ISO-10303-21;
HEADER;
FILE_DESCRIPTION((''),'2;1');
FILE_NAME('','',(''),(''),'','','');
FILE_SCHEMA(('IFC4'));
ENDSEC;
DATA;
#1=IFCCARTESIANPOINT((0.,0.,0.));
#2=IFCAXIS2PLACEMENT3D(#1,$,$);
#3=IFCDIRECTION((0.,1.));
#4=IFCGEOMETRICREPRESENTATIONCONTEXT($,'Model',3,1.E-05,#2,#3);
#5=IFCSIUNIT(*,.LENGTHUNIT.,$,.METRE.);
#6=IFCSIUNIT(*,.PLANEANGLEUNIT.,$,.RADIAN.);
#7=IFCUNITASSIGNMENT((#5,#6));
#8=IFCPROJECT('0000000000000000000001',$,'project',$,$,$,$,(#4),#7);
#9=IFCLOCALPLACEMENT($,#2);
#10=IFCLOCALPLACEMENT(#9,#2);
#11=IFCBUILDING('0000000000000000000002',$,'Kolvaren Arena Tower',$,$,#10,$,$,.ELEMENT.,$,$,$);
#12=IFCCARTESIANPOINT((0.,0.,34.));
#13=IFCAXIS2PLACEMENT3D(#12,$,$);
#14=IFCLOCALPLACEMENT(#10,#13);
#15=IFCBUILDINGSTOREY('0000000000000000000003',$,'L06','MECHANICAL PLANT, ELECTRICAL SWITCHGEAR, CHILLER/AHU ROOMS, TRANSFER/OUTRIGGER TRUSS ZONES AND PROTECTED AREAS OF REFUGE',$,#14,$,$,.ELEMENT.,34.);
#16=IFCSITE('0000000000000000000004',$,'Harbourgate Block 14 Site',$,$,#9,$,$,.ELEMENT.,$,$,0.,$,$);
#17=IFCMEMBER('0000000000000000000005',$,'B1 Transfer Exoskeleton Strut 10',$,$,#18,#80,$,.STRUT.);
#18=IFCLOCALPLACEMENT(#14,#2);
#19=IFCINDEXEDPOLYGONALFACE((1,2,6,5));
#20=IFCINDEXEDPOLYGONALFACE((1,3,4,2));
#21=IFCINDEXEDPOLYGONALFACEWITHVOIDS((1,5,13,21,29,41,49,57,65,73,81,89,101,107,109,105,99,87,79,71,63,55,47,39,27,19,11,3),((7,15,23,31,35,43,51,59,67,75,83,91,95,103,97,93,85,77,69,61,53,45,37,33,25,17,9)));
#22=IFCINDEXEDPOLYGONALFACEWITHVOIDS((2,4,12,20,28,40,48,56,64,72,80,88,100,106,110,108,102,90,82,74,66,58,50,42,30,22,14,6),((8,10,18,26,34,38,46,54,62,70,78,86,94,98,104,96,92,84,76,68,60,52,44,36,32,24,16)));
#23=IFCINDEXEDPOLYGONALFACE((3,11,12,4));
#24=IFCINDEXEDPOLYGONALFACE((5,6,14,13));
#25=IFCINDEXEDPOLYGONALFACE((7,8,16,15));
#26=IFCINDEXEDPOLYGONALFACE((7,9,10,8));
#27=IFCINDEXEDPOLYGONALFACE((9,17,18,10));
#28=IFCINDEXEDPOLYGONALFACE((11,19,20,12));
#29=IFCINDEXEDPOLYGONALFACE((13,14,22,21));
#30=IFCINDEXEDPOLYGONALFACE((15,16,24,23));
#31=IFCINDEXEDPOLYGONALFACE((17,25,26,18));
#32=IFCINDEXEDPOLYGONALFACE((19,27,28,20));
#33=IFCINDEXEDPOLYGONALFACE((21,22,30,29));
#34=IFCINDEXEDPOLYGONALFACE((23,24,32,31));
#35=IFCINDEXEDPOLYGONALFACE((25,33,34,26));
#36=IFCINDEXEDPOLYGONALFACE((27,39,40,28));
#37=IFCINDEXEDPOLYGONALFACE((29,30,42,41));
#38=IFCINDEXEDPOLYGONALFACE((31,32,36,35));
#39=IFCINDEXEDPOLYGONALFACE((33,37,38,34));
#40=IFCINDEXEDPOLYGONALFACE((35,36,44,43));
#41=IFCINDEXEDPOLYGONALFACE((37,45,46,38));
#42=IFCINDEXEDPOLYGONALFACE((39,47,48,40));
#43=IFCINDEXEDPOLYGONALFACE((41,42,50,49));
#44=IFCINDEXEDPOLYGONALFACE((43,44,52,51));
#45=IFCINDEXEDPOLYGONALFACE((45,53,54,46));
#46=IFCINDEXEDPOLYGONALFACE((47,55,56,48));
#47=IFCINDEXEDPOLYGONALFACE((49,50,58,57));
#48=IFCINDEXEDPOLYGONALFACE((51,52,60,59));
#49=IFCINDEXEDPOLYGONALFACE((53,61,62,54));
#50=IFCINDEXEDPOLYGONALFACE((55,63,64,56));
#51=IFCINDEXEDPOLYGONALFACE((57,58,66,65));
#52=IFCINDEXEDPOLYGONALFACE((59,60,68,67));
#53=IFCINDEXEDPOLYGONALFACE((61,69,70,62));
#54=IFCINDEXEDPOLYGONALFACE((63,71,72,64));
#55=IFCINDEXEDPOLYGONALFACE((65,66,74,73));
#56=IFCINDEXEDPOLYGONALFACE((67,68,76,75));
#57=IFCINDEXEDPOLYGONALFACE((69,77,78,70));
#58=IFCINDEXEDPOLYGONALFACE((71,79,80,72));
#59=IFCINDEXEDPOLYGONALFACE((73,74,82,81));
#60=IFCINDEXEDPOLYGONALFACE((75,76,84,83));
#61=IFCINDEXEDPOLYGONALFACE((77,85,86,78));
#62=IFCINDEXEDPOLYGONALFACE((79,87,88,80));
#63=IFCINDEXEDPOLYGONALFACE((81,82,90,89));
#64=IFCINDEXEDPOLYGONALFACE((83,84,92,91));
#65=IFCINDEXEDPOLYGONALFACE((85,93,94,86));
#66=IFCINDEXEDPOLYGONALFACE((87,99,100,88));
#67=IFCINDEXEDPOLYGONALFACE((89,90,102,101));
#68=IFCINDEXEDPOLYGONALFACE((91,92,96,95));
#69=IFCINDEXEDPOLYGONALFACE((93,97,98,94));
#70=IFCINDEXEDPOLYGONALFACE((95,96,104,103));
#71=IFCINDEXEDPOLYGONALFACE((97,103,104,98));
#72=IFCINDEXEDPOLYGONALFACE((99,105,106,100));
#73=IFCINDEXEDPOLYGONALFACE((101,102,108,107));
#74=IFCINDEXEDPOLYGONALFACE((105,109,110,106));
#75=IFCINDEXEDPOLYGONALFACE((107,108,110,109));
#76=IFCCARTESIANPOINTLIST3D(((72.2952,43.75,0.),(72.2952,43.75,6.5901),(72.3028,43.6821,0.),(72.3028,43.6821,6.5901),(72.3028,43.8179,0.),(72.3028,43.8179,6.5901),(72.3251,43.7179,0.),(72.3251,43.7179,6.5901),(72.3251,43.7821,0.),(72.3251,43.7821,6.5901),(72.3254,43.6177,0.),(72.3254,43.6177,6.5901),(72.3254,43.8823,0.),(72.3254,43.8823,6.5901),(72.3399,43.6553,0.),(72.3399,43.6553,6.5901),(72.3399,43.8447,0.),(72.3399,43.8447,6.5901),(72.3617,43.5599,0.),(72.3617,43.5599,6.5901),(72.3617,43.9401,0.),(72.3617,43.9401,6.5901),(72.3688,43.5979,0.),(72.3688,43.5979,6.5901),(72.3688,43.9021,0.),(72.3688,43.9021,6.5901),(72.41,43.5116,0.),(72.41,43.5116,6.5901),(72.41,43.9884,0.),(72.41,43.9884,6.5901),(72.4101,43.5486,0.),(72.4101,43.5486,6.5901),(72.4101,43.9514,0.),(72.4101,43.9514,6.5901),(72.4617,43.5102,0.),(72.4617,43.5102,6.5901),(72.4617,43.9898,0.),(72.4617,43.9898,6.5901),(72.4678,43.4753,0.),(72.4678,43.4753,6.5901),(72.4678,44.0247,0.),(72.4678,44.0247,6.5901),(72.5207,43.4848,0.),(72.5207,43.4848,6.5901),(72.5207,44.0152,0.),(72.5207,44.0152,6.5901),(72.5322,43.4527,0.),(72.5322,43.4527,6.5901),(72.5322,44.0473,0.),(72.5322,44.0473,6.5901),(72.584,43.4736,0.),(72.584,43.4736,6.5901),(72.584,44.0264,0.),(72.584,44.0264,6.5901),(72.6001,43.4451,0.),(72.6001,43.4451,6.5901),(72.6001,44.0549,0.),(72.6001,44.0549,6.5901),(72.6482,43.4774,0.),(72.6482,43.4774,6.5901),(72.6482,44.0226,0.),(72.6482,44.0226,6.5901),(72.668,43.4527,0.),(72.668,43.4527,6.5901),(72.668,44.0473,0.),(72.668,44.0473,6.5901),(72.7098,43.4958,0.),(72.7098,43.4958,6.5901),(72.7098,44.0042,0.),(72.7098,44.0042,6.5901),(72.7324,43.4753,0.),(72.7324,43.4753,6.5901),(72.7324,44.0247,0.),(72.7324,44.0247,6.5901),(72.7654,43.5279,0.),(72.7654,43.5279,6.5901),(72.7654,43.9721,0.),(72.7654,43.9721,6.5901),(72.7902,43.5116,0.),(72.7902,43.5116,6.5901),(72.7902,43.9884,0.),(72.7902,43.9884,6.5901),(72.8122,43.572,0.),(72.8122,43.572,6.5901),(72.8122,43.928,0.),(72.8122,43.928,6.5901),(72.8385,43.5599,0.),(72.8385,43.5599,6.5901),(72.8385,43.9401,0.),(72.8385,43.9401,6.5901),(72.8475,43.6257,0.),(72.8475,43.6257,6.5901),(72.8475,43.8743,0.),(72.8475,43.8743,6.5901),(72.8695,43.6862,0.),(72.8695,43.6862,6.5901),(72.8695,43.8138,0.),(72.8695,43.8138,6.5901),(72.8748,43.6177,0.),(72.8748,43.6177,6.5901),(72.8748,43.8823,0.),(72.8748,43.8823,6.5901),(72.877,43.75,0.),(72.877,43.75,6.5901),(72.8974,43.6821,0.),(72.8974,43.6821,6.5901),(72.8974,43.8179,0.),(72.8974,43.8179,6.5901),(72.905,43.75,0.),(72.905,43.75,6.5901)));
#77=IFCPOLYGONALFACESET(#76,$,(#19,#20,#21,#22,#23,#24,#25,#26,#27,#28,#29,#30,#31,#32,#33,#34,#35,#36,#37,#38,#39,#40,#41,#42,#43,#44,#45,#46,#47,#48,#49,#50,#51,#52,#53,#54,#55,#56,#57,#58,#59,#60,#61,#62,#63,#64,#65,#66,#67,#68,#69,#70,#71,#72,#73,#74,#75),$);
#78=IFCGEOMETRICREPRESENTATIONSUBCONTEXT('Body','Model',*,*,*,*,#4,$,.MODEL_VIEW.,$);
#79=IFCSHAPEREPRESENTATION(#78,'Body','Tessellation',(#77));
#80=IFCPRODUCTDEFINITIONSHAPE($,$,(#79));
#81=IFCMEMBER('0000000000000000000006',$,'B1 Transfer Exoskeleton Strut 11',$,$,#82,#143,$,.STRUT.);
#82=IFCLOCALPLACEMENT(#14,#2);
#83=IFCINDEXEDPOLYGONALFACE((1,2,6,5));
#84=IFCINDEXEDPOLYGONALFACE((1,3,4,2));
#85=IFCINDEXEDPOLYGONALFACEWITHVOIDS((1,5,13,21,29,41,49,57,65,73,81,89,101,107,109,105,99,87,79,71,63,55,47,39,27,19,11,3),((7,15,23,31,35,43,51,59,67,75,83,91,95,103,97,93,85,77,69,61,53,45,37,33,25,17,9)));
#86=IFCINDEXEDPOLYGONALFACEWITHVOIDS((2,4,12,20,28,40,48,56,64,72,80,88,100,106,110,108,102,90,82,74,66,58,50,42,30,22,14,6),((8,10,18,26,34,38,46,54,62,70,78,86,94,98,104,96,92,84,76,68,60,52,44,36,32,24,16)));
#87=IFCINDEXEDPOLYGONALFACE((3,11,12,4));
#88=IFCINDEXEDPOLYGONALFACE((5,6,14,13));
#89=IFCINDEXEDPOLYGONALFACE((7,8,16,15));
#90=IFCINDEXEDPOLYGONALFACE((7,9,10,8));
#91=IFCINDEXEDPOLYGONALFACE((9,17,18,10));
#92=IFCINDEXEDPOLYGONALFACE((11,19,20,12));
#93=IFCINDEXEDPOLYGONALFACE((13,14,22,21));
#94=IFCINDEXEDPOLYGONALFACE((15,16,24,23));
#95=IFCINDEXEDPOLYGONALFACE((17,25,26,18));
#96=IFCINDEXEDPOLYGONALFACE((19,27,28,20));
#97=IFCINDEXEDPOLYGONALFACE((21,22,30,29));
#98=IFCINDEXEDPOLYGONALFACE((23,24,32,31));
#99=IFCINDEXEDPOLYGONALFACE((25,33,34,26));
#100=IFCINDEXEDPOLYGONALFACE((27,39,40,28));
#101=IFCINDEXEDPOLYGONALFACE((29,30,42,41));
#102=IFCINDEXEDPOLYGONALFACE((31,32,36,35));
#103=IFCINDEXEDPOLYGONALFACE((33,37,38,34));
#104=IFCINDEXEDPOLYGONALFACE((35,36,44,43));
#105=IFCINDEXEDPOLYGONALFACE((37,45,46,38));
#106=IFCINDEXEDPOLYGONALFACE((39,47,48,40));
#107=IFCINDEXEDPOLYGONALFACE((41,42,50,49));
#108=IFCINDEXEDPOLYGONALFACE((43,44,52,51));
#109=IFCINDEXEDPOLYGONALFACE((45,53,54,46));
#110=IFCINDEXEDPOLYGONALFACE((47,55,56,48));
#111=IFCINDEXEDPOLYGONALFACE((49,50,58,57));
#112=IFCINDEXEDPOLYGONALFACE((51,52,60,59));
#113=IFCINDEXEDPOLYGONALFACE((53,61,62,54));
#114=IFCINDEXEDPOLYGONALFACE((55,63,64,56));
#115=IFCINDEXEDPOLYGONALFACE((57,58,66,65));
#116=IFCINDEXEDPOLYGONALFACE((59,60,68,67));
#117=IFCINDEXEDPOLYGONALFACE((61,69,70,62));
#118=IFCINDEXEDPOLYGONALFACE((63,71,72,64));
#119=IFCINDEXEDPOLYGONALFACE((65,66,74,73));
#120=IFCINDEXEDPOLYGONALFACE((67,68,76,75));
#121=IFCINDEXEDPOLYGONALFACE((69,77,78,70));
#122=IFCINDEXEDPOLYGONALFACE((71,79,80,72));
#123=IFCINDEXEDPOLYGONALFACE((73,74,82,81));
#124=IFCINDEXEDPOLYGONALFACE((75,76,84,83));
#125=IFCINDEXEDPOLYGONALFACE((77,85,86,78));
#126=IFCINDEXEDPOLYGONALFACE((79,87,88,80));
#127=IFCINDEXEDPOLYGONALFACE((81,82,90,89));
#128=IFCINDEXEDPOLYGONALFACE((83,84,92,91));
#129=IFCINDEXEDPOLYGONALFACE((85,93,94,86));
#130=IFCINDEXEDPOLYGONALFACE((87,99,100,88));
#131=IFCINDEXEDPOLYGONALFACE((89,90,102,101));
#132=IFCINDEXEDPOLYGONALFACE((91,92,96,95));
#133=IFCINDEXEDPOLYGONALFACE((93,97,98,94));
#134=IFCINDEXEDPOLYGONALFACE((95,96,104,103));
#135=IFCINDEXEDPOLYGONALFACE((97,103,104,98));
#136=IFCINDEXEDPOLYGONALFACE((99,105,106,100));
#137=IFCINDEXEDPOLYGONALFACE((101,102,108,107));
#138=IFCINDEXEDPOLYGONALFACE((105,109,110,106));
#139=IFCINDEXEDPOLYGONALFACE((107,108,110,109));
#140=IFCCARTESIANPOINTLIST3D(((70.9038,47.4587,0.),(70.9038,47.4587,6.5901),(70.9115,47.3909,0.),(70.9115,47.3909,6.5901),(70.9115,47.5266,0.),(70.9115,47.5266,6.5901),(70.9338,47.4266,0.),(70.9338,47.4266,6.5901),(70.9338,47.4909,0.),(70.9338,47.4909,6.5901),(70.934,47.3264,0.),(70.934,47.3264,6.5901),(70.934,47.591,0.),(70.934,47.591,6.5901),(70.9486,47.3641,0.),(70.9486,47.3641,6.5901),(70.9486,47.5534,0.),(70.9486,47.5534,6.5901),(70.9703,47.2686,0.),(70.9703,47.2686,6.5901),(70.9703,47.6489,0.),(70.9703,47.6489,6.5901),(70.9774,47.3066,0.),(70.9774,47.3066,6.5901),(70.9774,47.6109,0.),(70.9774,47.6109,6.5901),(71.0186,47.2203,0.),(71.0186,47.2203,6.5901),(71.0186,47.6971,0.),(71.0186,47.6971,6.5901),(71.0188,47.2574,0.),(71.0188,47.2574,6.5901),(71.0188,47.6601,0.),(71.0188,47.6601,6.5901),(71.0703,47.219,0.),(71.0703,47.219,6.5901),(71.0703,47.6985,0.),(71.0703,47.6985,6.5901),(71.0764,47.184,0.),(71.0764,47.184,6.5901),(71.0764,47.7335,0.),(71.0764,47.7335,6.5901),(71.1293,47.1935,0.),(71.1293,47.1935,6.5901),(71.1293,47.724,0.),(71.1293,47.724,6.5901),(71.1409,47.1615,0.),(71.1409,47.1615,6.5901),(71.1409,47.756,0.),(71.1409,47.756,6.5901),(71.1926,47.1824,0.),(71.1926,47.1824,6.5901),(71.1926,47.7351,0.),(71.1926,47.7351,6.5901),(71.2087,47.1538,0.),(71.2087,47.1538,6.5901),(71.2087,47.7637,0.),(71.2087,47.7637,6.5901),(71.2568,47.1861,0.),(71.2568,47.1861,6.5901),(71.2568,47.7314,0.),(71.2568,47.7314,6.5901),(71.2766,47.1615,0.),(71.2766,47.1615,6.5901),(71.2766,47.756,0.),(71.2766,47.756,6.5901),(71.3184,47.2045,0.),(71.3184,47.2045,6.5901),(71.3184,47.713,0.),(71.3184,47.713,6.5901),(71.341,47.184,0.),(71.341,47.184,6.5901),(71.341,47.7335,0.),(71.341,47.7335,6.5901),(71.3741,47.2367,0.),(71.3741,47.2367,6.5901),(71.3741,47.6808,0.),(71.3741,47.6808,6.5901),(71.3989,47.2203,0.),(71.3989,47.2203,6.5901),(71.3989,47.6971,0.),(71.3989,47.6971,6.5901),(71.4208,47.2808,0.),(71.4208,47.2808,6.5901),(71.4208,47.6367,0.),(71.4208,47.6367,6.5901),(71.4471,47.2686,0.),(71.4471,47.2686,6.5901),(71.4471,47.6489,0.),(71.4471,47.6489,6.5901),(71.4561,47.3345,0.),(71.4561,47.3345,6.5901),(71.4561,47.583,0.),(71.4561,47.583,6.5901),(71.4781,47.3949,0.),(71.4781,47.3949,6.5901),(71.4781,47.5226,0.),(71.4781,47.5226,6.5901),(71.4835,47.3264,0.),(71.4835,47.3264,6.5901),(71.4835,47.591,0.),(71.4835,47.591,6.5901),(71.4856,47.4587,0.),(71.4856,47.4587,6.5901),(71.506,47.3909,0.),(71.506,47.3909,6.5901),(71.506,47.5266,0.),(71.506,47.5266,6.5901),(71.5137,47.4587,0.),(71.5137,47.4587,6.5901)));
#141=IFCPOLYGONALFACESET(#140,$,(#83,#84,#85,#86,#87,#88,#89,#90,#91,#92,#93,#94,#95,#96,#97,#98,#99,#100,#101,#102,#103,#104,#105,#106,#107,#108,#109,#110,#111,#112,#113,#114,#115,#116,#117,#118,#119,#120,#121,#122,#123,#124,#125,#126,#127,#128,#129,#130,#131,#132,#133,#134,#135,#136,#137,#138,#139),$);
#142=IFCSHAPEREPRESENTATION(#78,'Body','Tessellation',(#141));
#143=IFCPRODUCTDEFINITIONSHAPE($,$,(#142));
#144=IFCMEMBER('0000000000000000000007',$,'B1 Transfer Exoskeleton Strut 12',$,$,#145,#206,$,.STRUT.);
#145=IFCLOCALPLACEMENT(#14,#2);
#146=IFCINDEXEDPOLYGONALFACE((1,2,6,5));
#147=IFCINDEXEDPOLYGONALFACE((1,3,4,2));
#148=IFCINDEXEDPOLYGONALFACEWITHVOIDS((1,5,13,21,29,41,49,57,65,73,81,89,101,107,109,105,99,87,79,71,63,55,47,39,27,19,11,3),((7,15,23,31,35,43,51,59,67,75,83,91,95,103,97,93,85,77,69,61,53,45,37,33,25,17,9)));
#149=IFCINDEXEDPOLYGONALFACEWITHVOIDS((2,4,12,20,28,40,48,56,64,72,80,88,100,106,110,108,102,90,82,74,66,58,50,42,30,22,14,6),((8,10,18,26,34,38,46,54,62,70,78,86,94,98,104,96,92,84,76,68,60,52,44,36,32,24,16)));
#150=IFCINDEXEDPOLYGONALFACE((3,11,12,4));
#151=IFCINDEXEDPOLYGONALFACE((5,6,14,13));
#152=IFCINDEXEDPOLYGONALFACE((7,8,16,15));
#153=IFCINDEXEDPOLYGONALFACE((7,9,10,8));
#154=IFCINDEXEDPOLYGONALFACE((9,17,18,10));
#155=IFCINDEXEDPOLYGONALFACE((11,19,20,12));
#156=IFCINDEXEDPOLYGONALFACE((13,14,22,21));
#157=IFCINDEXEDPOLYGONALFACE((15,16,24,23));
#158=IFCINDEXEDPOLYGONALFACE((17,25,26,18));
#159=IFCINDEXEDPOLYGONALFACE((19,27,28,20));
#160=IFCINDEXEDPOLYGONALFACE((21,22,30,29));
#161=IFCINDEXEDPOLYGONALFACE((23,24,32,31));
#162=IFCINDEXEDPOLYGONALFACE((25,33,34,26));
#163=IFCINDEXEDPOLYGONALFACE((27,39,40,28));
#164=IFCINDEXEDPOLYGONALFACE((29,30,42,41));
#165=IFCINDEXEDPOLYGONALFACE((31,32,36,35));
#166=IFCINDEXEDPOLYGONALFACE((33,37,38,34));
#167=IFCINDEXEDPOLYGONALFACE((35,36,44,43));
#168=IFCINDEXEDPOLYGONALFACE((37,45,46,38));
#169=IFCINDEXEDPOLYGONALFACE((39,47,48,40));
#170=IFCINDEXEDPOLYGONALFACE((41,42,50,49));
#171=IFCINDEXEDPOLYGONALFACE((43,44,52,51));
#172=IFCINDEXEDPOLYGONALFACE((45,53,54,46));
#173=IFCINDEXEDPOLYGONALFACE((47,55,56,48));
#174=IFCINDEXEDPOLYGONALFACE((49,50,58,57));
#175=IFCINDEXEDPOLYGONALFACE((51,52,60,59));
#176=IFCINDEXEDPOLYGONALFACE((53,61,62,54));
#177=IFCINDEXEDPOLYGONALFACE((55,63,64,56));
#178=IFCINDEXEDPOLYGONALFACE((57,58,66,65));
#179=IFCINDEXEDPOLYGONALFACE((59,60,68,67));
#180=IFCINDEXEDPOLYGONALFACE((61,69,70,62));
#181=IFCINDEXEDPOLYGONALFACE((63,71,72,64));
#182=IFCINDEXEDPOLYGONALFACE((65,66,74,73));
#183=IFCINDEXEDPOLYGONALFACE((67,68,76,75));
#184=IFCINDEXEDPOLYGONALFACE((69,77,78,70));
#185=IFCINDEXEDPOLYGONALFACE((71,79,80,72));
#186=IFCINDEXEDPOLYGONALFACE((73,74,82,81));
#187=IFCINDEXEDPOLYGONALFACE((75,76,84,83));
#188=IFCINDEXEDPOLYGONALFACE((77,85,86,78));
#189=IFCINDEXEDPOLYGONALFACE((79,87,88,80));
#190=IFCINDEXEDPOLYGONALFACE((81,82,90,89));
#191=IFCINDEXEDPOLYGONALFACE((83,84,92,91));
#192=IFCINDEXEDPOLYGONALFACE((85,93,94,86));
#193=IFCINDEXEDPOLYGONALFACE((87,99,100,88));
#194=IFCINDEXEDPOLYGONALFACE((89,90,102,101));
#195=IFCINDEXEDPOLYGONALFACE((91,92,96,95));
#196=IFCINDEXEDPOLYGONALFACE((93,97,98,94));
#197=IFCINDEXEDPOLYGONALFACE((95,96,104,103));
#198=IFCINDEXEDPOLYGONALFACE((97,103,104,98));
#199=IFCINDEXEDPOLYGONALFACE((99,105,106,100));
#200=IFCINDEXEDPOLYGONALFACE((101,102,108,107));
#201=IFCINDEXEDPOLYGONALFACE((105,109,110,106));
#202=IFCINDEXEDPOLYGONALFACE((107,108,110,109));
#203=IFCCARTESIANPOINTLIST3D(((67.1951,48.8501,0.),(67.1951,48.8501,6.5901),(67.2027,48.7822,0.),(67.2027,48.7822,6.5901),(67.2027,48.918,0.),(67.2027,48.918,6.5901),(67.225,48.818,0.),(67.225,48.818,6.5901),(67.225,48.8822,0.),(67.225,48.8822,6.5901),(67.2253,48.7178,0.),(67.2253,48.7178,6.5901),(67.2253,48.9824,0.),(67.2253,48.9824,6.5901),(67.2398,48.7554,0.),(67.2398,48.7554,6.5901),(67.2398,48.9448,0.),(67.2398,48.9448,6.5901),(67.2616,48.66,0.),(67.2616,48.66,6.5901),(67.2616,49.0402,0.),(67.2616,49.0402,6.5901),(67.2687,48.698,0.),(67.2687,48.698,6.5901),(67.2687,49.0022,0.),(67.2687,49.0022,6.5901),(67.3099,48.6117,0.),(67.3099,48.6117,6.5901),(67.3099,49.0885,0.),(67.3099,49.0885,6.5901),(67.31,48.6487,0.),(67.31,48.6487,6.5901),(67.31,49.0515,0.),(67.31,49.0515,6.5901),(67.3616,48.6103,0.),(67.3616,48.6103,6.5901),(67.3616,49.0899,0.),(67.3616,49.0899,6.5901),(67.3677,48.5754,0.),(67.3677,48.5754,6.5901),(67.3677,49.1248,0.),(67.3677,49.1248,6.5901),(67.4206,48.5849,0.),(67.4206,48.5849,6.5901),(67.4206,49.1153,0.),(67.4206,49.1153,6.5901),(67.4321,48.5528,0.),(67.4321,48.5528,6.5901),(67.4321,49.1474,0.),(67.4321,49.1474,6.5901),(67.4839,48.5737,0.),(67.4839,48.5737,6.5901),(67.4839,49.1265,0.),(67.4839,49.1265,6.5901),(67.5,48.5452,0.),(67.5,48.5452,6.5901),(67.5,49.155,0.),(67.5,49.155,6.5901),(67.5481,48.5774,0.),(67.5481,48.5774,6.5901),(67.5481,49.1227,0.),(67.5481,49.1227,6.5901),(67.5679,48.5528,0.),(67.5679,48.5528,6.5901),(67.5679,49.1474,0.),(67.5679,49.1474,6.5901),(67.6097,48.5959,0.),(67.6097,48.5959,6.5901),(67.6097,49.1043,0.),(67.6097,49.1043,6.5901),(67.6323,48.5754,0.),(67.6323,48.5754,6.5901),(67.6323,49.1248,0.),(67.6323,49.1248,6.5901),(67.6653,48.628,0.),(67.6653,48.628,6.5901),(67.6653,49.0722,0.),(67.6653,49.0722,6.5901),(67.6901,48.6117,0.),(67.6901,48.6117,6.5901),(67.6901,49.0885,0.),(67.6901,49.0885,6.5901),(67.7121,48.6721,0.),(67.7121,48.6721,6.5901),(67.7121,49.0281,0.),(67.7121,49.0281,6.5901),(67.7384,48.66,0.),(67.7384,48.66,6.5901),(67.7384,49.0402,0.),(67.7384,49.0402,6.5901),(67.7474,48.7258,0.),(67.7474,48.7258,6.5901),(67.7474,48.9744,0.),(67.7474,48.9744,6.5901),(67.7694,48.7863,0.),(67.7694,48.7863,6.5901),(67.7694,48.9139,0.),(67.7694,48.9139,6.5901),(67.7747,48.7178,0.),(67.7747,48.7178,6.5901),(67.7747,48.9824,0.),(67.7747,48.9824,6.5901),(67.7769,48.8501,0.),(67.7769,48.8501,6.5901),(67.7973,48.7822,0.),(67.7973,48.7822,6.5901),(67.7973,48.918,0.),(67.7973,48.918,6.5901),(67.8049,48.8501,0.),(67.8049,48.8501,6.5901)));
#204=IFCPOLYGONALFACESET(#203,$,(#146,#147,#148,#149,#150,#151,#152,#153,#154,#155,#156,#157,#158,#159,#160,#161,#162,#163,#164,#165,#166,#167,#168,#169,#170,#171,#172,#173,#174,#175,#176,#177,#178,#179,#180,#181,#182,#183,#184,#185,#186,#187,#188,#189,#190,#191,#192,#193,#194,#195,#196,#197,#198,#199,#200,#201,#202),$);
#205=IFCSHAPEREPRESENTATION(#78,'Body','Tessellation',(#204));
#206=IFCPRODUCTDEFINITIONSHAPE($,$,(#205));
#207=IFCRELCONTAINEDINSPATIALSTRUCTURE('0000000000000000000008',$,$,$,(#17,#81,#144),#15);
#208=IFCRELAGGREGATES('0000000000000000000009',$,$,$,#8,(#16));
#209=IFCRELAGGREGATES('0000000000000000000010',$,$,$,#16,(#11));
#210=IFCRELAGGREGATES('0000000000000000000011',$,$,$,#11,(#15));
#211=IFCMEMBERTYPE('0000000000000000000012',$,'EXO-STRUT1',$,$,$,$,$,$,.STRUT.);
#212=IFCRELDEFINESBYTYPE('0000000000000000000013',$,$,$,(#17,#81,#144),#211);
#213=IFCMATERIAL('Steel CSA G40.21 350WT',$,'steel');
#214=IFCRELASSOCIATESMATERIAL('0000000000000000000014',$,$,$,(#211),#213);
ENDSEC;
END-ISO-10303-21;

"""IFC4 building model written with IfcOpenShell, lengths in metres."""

from ifc_helpers import new_model, si_unit, direction, frame, origin, origin_2d, place, context, subcontext, project, spatial, hollow_circle, extrude, material, material_profile, profile_set, type_object, element, save


model = new_model("IFC4")

# Units and contexts
model_context = context("Model", 3, precision=1e-05, world=origin(), true_north=direction((0.0, 1.0)))
body_context = subcontext(model_context, "Body", "Model", "MODEL_VIEW")
ifc_project = project(units=[si_unit("LENGTHUNIT", "METRE"), si_unit("PLANEANGLEUNIT", "RADIAN")], contexts=[model_context])

# Site, building, storey
site_placement = place(None, origin())
site = spatial("IfcSite", under=ifc_project, at=site_placement, Name="Harbourgate Block 14 Site", CompositionType="ELEMENT", RefElevation=0.0)
building_placement = place(site_placement, origin())
building = spatial("IfcBuilding", under=site, at=building_placement, Name="Kolvaren Arena Tower", CompositionType="ELEMENT")
storey_placement = place(building_placement, frame((0.0, 0.0, 34.0)))
storey = spatial("IfcBuildingStorey", under=building, at=storey_placement, Name="L06", Description="MECHANICAL PLANT, ELECTRICAL SWITCHGEAR, CHILLER/AHU ROOMS, TRANSFER/OUTRIGGER TRUSS ZONES AND PROTECTED AREAS OF REFUGE", CompositionType="ELEMENT", Elevation=34.0)

# Members
ifc_material_1 = material(Name="Steel CSA G40.21 350WT", Category="steel")
ifc_material_profile_1 = material_profile(ifc_material_1, hollow_circle(Radius=0.3049, WallThickness=0.0281, at=origin_2d()), Name="CHS 610x28")
ifc_profile_set_1 = profile_set([ifc_material_profile_1], Name="Steel CSA G40.21 350WT")
member_type = type_object("IfcMemberType", Name="EXO-STRUT1", PredefinedType="STRUT", material=ifc_profile_set_1)
for number, where, z_axis, x_axis, name in (
    (1, (72.6001, 43.75, 0.0), (0.0, 0.0, 1.0), (1.0, 0.0, 0.0), "B1 Transfer Exoskeleton Strut 10"),
    (2, (71.2087, 47.4587, 0.0), (0.0, 0.0, 1.0), (1.0, 0.0, 0.0), "B1 Transfer Exoskeleton Strut 11"),
    (3, (67.5, 48.8501, 0.0), (0.0, 0.0, 1.0), (1.0, 0.0, 0.0), "B1 Transfer Exoskeleton Strut 12"),
):
    element("IfcMember", number, at=place(storey_placement, frame(where, z_axis=z_axis, x_axis=x_axis)), inside=storey, type_object=member_type, Name=name, PredefinedType="STRUT", context=body_context, shape_type="SweptSolid", body=[
        extrude(hollow_circle(Radius=0.3049, WallThickness=0.0281, at=origin_2d()), origin(), (0.0, 0.0, 1.0), 6.5901),
    ])

save(model, "model.ifc")
